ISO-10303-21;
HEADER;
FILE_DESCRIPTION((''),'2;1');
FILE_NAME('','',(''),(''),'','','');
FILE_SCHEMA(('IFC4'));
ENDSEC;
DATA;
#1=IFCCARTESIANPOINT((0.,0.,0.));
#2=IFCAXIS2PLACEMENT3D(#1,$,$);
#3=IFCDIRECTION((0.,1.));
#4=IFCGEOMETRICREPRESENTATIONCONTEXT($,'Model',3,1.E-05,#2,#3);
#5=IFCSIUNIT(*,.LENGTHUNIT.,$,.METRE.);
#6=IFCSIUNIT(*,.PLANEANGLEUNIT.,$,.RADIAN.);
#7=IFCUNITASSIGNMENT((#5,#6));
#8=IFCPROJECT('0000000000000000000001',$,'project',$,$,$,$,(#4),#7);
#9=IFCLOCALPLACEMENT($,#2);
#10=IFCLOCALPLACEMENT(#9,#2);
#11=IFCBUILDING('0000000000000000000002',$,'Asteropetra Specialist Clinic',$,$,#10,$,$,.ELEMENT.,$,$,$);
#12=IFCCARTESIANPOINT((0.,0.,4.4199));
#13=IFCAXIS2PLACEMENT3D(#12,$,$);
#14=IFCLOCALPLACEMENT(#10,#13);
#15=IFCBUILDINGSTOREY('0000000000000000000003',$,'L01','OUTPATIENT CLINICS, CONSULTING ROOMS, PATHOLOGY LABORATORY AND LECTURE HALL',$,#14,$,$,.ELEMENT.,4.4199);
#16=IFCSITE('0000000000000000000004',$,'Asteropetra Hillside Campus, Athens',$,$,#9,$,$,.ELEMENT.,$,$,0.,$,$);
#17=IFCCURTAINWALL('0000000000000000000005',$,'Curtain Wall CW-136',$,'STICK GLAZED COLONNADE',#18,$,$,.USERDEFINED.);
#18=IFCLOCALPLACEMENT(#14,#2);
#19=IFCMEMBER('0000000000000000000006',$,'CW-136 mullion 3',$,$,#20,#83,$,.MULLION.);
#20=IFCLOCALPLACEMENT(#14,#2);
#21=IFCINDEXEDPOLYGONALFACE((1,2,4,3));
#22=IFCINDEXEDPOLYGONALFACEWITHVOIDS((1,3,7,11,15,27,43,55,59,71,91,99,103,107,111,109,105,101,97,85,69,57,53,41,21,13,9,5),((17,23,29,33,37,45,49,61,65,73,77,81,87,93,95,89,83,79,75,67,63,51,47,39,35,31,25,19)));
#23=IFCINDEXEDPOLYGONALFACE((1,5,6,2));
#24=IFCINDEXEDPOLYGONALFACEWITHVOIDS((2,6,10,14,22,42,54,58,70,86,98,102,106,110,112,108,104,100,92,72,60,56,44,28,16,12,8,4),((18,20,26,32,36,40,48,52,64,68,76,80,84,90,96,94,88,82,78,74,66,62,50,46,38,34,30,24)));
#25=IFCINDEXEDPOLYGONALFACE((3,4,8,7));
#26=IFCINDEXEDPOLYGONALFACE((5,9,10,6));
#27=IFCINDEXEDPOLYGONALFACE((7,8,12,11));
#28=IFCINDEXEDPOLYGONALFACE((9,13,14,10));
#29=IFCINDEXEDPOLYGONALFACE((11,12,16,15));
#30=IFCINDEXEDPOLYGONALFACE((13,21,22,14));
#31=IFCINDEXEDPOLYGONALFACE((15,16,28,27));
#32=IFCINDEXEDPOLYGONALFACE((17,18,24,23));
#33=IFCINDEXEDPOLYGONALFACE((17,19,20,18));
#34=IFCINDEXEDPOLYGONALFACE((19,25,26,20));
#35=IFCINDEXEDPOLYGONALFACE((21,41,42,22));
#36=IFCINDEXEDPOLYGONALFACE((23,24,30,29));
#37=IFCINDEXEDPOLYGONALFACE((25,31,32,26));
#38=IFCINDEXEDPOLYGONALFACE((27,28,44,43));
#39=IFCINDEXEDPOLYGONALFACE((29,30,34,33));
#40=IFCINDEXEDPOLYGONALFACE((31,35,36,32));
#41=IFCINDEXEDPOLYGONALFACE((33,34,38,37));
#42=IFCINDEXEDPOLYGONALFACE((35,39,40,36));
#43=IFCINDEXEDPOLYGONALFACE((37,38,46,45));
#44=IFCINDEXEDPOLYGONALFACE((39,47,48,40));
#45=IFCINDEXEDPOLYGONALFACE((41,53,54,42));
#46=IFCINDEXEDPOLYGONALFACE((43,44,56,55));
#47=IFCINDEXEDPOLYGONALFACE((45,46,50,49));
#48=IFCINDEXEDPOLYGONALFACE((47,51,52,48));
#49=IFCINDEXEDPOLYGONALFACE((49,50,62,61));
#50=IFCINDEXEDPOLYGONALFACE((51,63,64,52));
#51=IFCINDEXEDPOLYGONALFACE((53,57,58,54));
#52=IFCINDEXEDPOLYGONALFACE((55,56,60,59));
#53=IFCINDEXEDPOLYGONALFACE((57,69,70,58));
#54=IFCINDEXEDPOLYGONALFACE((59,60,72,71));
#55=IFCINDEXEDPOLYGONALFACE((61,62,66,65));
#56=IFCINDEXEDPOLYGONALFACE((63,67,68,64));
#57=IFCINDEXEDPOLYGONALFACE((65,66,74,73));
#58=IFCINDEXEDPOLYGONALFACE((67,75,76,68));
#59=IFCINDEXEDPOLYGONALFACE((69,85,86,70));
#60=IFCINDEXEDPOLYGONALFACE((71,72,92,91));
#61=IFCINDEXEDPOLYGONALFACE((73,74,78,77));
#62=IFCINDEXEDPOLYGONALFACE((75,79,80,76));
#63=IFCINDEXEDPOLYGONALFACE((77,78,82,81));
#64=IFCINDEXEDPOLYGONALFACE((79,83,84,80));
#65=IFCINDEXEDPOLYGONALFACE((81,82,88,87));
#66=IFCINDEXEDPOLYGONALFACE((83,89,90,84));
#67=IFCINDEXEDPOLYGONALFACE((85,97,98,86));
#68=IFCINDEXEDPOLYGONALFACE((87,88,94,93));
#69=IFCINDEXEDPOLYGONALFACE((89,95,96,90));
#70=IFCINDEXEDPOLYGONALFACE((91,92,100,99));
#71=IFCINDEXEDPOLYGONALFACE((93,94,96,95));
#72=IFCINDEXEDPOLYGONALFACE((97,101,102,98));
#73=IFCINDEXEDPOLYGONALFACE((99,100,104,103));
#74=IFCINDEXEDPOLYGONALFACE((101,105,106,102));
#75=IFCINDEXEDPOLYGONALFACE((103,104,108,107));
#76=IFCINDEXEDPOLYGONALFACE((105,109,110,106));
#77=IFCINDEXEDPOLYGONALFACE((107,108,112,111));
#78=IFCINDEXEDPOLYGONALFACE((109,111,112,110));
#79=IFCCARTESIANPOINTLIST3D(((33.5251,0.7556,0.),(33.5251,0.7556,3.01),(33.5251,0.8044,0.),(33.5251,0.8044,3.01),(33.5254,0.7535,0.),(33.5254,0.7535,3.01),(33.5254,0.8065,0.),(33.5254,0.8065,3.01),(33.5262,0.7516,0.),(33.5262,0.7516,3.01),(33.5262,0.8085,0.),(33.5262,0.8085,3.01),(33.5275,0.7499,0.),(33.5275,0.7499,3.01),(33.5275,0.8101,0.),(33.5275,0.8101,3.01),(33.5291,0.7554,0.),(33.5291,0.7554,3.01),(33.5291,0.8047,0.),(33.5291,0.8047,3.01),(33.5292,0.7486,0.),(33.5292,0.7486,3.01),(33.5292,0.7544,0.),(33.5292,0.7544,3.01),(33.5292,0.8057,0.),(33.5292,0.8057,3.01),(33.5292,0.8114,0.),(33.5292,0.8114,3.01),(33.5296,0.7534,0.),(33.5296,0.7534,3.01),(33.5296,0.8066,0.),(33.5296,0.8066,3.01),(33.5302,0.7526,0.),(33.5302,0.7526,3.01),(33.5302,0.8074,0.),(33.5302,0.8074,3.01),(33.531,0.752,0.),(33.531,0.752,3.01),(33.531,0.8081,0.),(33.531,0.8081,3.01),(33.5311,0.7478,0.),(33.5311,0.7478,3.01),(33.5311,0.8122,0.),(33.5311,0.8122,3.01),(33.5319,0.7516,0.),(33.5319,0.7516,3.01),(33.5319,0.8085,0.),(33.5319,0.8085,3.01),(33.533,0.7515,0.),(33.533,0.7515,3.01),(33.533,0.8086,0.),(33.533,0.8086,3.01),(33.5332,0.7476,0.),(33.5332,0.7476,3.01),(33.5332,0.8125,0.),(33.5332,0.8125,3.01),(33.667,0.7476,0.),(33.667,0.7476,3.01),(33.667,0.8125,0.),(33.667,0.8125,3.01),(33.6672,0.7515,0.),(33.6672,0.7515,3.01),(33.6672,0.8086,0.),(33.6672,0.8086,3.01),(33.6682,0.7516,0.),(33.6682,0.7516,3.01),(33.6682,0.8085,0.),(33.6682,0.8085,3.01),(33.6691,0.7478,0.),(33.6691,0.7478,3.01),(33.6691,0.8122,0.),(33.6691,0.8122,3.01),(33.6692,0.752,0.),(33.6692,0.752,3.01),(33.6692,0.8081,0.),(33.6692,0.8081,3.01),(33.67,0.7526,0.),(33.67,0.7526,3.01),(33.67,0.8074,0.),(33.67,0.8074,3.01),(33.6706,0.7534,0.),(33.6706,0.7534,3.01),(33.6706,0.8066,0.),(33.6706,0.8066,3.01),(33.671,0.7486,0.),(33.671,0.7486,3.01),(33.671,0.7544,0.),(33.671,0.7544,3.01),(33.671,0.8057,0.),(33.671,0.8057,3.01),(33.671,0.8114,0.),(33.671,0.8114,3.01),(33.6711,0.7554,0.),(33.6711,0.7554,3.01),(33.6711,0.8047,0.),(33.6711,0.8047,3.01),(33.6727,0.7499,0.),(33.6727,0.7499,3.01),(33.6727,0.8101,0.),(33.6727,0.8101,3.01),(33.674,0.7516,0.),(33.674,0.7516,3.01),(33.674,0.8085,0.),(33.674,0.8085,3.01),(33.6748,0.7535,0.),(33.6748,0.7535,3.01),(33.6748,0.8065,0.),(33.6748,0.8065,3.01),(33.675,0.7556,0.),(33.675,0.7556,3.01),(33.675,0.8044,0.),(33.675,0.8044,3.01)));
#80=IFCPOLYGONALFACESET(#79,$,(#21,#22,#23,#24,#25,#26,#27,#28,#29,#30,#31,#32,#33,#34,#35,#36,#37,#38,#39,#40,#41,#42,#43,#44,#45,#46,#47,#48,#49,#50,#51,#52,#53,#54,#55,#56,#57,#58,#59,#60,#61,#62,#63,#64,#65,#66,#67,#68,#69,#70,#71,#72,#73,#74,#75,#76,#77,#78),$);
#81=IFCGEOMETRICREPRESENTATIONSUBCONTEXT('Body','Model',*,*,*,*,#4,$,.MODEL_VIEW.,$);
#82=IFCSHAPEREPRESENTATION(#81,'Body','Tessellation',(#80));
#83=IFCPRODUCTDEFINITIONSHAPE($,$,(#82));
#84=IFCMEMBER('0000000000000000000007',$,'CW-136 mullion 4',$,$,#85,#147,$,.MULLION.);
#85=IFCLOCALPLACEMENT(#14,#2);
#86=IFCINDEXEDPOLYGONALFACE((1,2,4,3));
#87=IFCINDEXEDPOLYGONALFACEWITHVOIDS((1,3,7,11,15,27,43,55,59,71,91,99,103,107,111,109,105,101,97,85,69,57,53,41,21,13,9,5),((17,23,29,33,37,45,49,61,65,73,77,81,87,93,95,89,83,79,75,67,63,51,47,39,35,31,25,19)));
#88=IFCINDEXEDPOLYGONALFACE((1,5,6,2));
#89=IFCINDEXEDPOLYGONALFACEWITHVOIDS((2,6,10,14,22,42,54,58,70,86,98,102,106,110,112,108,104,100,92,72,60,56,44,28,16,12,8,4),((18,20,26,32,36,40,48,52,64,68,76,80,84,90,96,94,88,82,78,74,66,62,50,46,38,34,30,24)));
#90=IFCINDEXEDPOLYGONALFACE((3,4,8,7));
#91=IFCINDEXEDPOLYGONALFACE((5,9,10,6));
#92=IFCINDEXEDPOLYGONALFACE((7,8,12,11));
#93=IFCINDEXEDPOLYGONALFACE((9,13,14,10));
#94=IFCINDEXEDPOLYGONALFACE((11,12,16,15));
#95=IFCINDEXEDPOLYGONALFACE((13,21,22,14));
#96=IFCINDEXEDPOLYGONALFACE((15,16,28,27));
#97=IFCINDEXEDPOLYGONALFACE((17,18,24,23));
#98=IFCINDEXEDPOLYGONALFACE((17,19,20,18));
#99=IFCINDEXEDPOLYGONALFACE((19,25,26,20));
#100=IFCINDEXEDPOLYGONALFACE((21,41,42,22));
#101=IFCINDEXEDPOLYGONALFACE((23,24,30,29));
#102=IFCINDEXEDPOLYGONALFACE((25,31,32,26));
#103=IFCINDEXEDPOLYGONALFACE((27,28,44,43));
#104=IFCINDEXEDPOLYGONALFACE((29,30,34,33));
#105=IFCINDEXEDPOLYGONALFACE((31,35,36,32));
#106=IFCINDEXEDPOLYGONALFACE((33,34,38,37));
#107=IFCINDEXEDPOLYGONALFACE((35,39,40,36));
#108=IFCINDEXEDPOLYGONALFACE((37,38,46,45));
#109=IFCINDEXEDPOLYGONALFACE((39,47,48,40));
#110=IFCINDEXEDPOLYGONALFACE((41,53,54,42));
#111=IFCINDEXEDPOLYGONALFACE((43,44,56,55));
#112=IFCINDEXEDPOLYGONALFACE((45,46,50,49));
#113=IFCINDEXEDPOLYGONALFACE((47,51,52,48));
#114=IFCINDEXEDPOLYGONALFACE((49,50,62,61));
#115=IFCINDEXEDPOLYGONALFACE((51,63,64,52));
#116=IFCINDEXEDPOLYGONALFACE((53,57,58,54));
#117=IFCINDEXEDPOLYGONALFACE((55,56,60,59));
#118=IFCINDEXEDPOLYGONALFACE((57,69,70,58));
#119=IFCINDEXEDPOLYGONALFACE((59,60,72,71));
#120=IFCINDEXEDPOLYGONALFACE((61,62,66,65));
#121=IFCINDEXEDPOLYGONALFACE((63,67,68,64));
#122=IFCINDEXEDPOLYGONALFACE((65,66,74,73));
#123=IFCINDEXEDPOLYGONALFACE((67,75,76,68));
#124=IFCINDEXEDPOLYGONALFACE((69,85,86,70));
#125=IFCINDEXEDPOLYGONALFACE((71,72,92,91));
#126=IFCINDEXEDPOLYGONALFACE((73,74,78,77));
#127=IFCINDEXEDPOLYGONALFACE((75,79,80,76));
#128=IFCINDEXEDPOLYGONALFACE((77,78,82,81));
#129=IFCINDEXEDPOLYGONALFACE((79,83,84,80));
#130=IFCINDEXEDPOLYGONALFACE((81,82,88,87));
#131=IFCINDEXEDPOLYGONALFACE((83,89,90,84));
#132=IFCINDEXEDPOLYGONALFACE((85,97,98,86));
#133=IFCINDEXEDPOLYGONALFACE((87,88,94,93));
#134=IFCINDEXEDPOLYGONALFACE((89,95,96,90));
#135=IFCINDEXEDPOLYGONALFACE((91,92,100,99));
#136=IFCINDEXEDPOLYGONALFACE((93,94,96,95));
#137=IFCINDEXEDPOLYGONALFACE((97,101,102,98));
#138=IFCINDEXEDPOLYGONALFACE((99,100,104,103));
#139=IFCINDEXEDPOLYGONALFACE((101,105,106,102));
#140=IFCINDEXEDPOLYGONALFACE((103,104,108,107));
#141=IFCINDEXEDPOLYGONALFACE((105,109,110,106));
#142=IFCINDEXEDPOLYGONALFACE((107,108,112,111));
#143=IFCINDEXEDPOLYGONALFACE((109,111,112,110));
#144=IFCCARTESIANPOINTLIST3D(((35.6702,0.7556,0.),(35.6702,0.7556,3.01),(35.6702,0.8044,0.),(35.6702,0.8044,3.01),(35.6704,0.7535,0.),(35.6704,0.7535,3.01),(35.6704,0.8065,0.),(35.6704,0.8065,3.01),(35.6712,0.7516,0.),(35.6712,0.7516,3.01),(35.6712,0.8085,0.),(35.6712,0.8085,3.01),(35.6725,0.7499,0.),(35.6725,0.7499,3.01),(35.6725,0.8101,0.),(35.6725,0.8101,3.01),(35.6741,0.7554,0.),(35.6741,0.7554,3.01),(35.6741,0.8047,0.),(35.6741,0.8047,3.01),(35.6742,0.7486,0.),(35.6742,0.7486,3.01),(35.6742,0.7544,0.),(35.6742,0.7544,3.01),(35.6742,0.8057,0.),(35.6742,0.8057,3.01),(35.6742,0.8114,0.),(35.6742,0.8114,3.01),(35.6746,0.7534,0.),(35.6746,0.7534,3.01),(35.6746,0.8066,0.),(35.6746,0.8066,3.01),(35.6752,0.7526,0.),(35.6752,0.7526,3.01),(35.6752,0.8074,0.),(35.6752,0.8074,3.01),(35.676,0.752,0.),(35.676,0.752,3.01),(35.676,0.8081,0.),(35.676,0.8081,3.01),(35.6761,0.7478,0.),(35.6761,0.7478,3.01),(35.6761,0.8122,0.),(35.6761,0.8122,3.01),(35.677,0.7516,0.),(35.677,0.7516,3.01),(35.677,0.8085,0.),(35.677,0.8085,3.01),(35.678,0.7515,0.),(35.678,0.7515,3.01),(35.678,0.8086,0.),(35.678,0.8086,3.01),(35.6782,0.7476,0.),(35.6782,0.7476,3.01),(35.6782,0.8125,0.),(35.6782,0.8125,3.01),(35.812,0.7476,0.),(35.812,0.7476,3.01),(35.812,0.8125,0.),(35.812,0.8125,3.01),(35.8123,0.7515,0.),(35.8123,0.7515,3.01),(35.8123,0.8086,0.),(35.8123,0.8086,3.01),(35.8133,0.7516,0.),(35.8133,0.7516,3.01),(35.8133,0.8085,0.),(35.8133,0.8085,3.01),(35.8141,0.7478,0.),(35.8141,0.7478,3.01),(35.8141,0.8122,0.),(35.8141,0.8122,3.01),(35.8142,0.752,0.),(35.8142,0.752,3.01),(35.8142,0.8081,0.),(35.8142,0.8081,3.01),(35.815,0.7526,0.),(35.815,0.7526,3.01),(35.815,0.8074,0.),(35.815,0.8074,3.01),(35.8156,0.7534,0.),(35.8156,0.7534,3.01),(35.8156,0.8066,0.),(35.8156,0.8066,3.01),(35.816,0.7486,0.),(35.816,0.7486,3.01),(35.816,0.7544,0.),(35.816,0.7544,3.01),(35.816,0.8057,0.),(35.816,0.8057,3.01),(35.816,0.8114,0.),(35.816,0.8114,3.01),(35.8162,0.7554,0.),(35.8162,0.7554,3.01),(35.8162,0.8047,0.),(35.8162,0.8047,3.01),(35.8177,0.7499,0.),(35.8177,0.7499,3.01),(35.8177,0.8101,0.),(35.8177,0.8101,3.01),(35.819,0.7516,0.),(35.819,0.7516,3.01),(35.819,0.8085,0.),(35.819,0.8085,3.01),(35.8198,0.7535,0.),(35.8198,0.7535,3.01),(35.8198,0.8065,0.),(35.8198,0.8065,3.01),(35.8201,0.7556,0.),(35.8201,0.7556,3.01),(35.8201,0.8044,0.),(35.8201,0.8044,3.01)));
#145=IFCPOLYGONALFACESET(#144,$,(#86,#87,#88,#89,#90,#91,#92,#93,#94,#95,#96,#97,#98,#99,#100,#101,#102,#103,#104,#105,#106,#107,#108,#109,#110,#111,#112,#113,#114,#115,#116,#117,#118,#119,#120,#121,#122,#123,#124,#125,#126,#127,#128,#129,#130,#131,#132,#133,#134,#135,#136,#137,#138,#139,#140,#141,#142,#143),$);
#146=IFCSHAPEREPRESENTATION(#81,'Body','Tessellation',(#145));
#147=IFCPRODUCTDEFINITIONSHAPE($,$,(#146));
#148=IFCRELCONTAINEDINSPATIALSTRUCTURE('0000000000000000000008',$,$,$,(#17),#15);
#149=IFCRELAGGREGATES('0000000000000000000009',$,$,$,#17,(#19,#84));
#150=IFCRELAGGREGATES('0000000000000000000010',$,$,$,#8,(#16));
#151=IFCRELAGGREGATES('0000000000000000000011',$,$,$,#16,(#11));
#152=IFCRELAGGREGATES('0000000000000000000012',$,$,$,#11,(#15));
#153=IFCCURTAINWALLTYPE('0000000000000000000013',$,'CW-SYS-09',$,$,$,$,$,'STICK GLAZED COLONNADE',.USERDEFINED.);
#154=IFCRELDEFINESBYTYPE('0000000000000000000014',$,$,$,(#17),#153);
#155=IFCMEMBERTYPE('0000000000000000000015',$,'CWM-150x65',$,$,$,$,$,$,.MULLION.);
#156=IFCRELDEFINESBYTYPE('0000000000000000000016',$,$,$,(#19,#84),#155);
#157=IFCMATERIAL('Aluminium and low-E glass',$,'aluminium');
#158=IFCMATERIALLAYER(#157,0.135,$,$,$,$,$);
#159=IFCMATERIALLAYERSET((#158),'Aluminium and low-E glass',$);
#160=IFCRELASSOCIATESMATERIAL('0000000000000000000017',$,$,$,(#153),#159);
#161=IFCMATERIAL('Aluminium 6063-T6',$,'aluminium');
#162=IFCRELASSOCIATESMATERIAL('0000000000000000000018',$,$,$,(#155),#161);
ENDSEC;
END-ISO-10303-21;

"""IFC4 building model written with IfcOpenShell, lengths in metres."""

from ifc_helpers import new_model, si_unit, direction, frame, origin, origin_2d, place, context, subcontext, project, spatial, hollow_rectangle, extrude, material, layer, layer_set, material_profile, profile_set, type_object, element, aggregate, save


model = new_model("IFC4")

# Units and contexts
model_context = context("Model", 3, precision=1e-05, world=origin(), true_north=direction((0.0, 1.0)))
body_context = subcontext(model_context, "Body", "Model", "MODEL_VIEW")
ifc_project = project(units=[si_unit("LENGTHUNIT", "METRE"), si_unit("PLANEANGLEUNIT", "RADIAN")], contexts=[model_context])

# Site, building, storey
site_placement = place(None, origin())
site = spatial("IfcSite", under=ifc_project, at=site_placement, Name="Asteropetra Hillside Campus, Athens", CompositionType="ELEMENT", RefElevation=0.0)
building_placement = place(site_placement, origin())
building = spatial("IfcBuilding", under=site, at=building_placement, Name="Asteropetra Specialist Clinic", CompositionType="ELEMENT")
storey_placement = place(building_placement, frame((0.0, 0.0, 4.4199)))
storey = spatial("IfcBuildingStorey", under=building, at=storey_placement, Name="L01", Description="OUTPATIENT CLINICS, CONSULTING ROOMS, PATHOLOGY LABORATORY AND LECTURE HALL", CompositionType="ELEMENT", Elevation=4.4199)

# Curtain wall, members
ifc_material_1 = material(Name="Aluminium and low-E glass", Category="aluminium")
ifc_layer_1 = layer(ifc_material_1, 0.135)
ifc_layer_set_1 = layer_set([ifc_layer_1], Name="Aluminium and low-E glass")
curtain_wall_type = type_object("IfcCurtainWallType", Name="CW-SYS-09", ElementType="STICK GLAZED COLONNADE", PredefinedType="USERDEFINED", material=ifc_layer_set_1)
curtain_wall_placement = place(storey_placement, origin())
curtain_wall = element("IfcCurtainWall", 1, at=curtain_wall_placement, inside=storey, type_object=curtain_wall_type, Name="Curtain Wall CW-136", ObjectType="STICK GLAZED COLONNADE", PredefinedType="USERDEFINED")
ifc_material_2 = material(Name="Aluminium 6063-T6", Category="aluminium")
ifc_material_profile_1 = material_profile(ifc_material_2, hollow_rectangle(XDim=0.0649, YDim=0.1499, WallThickness=0.0039, InnerFilletRadius=0.0039, OuterFilletRadius=0.0081, at=origin_2d()), Name="MUL 150x65x4.0")
ifc_profile_set_1 = profile_set([ifc_material_profile_1], Name="Aluminium 6063-T6")
member_type_1 = type_object("IfcMemberType", Name="CWM-150x65", PredefinedType="MULLION", material=ifc_profile_set_1)
member_1_placement = place(storey_placement, frame((33.6001, 0.78, 0.0), z_axis=(0.0, 0.0, 1.0), x_axis=(0.0, 1.0, 0.0)))
member_1 = element("IfcMember", 2, at=member_1_placement, type_object=member_type_1, Name="CW-136 mullion 3", PredefinedType="MULLION", context=body_context, shape_type="SweptSolid", body=[
    extrude(hollow_rectangle(XDim=0.0649, YDim=0.1499, WallThickness=0.0039, InnerFilletRadius=0.0039, OuterFilletRadius=0.0081, at=origin_2d()), origin(), (0.0, 0.0, 1.0), 3.01),
])
member_2_placement = place(storey_placement, frame((35.7451, 0.78, 0.0), z_axis=(0.0, 0.0, 1.0), x_axis=(0.0, 1.0, 0.0)))
member_2 = element("IfcMember", 3, at=member_2_placement, type_object=member_type_1, Name="CW-136 mullion 4", PredefinedType="MULLION", context=body_context, shape_type="SweptSolid", body=[
    extrude(hollow_rectangle(XDim=0.0649, YDim=0.1499, WallThickness=0.0039, InnerFilletRadius=0.0039, OuterFilletRadius=0.0081, at=origin_2d()), origin(), (0.0, 0.0, 1.0), 3.01),
])

aggregate(curtain_wall, [member_1, member_2])

save(model, "model.ifc")
